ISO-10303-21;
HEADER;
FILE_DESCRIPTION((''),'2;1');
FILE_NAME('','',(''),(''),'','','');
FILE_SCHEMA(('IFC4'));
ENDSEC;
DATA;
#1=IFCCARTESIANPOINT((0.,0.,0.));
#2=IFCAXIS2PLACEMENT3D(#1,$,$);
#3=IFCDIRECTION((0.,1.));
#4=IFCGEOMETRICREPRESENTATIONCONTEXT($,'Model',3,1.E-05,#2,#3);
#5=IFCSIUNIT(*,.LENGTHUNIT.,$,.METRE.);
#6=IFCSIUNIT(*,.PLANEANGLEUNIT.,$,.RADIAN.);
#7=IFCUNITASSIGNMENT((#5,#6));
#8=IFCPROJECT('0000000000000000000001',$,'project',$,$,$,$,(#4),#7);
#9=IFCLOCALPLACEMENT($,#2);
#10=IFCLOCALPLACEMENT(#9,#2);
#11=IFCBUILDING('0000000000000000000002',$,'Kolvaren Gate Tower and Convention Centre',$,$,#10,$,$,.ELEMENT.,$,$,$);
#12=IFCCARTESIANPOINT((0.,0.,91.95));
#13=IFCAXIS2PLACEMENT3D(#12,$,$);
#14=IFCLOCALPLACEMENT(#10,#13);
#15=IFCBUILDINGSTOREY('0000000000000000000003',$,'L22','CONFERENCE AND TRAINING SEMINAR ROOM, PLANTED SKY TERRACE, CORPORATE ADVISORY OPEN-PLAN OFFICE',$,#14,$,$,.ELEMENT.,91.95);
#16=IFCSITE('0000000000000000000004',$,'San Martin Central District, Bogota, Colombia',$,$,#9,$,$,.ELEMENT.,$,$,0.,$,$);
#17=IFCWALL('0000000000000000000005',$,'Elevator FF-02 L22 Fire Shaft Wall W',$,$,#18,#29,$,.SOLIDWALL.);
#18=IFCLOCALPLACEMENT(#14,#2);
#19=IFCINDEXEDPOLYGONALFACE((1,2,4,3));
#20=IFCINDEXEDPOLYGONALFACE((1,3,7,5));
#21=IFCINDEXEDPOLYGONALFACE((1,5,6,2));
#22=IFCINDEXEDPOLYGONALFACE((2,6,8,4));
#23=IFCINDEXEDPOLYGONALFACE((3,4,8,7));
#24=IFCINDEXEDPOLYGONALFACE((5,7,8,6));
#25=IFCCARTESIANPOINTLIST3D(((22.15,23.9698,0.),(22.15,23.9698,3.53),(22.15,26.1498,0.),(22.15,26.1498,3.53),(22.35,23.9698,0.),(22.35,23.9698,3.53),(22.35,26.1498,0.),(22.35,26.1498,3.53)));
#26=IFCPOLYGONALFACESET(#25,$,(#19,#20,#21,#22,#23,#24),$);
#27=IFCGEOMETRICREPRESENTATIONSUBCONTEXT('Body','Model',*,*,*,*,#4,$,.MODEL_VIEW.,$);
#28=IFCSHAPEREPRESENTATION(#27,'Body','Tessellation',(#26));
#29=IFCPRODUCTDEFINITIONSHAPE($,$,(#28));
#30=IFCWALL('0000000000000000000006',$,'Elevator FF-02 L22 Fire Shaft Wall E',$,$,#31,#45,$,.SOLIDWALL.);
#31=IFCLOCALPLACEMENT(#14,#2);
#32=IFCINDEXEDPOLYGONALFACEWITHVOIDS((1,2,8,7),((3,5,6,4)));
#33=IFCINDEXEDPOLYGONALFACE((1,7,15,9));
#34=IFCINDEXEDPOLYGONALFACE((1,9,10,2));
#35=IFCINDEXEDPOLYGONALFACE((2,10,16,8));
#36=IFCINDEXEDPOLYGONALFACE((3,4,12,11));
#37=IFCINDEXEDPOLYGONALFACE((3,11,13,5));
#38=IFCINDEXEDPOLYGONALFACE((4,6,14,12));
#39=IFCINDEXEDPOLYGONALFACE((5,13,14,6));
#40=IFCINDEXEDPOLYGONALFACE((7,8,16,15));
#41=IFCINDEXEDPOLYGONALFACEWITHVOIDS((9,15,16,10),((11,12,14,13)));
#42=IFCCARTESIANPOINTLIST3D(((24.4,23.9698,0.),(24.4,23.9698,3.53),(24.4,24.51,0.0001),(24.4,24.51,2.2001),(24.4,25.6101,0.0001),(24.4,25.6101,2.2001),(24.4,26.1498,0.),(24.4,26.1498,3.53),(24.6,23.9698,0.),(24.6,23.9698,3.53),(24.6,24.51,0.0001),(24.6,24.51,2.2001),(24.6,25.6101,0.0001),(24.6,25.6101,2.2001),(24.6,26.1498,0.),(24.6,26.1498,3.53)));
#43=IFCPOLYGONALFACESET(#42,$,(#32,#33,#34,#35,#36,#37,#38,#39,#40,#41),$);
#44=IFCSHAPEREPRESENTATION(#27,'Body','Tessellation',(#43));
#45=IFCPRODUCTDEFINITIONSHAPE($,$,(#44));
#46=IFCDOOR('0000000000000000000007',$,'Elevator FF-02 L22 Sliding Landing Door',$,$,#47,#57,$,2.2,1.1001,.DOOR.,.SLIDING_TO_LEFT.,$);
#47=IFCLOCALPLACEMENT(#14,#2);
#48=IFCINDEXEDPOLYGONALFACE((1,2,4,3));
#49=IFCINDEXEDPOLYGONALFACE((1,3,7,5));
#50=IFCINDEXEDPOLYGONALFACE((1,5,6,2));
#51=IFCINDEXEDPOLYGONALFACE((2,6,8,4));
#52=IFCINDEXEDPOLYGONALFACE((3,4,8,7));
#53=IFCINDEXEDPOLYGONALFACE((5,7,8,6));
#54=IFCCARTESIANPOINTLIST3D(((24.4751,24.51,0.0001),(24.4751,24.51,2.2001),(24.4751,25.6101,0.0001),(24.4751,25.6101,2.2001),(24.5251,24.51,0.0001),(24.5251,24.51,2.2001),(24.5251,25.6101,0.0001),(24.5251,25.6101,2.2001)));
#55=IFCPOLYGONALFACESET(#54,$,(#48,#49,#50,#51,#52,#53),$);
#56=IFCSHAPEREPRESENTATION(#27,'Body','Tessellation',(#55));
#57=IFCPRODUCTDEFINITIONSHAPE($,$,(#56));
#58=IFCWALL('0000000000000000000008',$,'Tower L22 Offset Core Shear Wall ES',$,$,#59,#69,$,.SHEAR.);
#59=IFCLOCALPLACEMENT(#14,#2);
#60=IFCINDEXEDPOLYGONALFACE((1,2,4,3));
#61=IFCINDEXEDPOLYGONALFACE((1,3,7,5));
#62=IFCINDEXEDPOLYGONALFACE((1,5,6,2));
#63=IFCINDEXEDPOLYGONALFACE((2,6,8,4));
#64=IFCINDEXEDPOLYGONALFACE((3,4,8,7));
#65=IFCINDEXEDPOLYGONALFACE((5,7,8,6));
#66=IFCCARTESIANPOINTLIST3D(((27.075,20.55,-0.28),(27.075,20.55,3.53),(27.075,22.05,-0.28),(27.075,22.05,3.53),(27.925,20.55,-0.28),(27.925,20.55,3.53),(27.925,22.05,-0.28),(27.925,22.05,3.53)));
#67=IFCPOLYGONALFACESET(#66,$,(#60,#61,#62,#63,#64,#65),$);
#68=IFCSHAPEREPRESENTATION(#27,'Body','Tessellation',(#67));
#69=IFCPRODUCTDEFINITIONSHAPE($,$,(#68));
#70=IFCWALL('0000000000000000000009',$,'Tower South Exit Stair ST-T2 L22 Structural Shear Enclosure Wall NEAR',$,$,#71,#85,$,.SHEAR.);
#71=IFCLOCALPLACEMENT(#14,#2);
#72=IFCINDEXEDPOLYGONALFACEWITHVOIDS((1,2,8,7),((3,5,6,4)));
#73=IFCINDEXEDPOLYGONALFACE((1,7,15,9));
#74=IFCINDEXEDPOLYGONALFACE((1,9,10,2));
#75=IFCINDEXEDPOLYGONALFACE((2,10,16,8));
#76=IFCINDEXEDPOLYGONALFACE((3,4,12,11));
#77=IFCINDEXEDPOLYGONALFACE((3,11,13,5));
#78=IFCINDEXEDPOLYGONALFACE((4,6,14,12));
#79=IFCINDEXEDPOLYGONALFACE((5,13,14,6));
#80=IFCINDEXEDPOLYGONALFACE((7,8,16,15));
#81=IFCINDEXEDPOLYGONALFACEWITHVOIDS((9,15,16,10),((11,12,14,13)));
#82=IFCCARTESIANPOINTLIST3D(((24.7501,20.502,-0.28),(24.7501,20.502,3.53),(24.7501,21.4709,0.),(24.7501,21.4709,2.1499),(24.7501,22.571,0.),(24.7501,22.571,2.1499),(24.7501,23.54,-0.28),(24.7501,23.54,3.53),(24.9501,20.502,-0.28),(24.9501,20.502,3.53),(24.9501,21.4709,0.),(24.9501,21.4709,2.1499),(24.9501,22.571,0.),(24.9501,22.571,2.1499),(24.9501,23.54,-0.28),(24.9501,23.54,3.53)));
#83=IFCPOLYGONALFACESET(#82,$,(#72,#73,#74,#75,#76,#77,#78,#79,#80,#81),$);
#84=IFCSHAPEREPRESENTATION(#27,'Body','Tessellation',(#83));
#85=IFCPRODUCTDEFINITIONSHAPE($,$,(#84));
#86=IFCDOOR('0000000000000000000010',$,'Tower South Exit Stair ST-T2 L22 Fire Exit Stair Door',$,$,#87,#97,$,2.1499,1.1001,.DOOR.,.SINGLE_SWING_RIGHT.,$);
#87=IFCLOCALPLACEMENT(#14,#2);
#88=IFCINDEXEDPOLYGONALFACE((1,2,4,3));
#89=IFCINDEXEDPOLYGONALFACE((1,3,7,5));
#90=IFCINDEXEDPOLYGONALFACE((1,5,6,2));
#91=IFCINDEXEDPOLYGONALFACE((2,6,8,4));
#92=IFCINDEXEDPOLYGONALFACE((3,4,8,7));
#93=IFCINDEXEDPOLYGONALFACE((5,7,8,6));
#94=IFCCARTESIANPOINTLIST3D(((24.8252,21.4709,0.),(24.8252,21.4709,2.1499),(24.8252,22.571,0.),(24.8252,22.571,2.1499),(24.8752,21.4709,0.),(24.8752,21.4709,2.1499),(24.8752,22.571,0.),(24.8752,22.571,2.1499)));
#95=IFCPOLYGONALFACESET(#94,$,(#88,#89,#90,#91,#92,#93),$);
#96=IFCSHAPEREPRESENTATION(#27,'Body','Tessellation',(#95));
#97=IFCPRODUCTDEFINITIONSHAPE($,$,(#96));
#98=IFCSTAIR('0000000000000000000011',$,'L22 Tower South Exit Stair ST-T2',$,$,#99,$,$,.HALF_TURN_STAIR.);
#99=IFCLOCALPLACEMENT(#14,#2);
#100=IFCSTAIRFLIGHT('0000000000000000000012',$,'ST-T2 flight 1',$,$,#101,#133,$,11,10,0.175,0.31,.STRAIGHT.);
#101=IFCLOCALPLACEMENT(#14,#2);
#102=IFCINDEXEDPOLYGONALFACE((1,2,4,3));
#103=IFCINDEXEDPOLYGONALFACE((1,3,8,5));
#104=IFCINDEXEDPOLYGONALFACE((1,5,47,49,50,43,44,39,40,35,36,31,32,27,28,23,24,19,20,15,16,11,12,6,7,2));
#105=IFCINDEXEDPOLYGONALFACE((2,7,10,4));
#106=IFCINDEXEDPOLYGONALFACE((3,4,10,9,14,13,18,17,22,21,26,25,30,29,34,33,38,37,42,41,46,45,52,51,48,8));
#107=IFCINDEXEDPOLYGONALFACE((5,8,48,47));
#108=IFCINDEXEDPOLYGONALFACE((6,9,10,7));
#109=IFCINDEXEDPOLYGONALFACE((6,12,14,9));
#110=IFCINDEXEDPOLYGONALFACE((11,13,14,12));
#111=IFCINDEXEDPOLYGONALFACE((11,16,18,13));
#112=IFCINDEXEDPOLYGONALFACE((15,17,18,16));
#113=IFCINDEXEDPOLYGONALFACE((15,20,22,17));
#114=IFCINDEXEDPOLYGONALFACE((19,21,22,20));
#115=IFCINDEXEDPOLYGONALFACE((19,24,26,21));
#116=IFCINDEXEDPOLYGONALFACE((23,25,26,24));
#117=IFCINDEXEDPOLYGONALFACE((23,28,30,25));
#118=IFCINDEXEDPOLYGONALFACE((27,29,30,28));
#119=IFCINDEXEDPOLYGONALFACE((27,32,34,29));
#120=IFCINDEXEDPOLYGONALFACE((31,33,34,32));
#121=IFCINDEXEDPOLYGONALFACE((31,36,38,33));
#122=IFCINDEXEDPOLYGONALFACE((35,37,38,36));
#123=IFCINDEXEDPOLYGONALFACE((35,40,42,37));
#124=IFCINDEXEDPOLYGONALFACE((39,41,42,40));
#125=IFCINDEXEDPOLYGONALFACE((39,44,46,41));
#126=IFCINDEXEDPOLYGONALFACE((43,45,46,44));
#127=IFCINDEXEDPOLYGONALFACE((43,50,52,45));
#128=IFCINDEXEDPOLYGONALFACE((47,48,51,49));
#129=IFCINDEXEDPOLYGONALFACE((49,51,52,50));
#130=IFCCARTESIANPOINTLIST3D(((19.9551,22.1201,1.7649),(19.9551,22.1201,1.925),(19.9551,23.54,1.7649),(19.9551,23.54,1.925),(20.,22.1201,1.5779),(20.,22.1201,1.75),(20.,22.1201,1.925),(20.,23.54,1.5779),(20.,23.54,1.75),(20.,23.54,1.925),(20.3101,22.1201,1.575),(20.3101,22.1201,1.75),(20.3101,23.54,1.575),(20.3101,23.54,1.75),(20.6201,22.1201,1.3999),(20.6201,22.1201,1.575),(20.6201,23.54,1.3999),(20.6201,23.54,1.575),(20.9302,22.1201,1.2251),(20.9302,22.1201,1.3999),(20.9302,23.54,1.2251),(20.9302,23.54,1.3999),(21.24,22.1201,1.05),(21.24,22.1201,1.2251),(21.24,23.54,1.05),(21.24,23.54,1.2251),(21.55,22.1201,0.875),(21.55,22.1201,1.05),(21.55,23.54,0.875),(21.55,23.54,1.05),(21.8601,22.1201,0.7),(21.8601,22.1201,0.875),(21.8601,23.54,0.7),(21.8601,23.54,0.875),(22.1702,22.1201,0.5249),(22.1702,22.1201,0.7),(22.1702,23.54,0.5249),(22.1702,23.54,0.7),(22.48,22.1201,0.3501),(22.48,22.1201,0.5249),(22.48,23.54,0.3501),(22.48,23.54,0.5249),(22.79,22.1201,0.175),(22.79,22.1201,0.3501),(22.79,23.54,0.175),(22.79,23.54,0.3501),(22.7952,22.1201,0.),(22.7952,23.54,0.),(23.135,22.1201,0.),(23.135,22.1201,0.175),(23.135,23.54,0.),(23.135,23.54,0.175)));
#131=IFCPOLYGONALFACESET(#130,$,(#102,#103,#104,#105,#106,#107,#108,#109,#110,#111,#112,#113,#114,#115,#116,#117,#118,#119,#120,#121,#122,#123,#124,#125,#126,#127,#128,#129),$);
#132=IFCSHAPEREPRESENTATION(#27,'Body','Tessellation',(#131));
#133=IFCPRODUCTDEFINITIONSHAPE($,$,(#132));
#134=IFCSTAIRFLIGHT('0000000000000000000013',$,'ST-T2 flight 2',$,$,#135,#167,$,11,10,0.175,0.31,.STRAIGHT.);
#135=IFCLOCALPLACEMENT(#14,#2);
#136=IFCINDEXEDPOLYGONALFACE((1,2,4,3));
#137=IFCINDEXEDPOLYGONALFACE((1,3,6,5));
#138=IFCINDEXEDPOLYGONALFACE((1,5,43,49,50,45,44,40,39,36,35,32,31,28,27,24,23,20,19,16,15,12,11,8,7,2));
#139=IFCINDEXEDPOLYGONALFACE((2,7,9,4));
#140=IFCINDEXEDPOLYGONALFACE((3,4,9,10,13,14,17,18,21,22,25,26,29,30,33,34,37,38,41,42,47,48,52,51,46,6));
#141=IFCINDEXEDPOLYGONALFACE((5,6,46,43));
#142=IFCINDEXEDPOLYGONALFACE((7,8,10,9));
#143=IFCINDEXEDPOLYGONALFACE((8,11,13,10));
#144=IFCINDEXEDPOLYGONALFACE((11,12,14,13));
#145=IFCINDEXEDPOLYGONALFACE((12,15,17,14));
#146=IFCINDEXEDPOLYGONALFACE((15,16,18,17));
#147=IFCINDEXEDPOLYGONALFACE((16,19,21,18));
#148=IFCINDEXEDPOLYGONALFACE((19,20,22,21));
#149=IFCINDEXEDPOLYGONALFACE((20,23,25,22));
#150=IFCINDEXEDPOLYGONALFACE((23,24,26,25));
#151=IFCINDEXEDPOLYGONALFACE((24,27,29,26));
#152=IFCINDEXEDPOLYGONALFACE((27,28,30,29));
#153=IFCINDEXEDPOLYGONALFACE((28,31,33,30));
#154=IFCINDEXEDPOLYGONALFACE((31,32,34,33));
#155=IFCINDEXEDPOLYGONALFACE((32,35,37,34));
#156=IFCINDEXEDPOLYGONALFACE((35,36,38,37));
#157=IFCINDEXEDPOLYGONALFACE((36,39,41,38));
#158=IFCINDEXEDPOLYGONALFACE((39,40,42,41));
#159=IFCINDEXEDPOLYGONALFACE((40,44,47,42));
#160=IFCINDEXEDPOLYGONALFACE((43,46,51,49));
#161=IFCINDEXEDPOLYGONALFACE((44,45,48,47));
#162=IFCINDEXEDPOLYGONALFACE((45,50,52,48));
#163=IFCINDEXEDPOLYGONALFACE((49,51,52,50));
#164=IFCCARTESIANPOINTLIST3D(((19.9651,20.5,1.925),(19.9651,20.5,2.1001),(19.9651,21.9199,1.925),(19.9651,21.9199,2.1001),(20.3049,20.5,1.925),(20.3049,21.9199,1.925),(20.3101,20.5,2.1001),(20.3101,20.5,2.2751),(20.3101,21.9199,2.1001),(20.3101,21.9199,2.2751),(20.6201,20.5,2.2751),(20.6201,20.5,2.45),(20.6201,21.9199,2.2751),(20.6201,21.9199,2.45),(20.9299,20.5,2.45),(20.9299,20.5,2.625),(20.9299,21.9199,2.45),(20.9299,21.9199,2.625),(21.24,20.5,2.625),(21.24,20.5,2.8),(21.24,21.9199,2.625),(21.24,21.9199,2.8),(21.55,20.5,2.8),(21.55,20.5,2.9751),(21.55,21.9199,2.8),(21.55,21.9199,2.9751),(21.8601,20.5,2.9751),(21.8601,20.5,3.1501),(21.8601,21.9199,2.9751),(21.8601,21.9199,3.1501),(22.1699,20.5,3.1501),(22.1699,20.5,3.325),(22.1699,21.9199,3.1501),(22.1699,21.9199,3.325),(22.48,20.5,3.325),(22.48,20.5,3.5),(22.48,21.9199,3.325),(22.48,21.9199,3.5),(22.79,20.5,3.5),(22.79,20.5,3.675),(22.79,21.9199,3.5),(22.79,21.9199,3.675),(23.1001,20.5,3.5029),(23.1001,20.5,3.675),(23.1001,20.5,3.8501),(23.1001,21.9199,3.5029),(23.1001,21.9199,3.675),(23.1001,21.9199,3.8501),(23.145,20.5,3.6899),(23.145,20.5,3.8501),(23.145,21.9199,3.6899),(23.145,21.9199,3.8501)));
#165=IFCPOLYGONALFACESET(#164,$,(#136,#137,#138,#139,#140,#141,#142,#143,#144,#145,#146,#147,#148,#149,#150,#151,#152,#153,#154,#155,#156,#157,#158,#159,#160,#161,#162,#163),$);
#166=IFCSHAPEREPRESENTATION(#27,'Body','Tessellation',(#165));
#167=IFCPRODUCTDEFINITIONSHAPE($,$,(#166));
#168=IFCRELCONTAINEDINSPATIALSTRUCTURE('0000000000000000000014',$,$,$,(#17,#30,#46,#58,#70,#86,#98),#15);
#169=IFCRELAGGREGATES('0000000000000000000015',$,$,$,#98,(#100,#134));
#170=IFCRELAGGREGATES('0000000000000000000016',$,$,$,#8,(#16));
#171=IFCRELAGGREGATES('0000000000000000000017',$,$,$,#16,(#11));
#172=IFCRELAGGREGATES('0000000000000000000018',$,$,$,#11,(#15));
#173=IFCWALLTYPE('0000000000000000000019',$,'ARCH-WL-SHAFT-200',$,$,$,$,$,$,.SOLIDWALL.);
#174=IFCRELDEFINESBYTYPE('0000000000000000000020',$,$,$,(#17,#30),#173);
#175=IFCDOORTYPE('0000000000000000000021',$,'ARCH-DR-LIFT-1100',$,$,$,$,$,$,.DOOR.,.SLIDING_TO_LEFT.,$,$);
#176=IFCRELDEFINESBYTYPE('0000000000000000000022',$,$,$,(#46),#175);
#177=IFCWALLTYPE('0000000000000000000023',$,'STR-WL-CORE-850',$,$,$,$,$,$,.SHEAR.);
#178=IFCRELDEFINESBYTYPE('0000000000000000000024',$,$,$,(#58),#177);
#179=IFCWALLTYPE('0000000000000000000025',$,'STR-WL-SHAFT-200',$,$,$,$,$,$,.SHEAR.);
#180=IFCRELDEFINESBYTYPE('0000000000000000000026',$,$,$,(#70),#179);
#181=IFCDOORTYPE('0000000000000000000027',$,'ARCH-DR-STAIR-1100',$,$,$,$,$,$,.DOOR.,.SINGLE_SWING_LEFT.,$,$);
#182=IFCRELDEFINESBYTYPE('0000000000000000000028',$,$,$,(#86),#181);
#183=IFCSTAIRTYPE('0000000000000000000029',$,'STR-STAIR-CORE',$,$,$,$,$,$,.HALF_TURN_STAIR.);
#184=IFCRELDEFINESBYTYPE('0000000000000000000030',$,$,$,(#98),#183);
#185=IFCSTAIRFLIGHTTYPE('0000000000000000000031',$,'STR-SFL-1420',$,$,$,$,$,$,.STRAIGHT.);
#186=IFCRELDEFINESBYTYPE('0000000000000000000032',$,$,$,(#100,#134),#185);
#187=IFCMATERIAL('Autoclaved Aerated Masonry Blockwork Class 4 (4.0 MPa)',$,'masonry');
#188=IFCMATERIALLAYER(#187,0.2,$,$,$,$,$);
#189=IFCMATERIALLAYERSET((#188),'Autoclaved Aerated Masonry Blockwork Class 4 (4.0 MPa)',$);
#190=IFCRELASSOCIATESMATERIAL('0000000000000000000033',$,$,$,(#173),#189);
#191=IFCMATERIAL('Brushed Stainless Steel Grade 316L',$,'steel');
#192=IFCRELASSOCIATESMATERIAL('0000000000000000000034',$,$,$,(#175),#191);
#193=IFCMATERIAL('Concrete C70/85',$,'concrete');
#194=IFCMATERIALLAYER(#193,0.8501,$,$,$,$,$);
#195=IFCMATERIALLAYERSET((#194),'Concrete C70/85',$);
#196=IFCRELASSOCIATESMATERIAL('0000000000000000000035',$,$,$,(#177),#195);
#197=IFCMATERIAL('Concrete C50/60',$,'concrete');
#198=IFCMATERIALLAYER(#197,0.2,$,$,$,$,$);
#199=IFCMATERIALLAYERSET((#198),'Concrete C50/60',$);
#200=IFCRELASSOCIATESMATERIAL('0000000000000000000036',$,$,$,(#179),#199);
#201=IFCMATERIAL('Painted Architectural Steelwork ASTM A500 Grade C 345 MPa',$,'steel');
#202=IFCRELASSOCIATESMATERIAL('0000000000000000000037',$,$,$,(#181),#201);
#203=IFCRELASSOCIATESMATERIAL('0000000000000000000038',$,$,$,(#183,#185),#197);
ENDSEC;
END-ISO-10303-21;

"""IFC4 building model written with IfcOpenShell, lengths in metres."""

from ifc_helpers import new_model, si_unit, direction, frame, frame_2d, origin, place, context, subcontext, project, spatial, polyline, rectangle, outline, extrude, material, layer, layer_set, type_object, element, fill, aggregate, save


model = new_model("IFC4")

# Units and contexts
model_context = context("Model", 3, precision=1e-05, world=origin(), true_north=direction((0.0, 1.0)))
body_context = subcontext(model_context, "Body", "Model", "MODEL_VIEW")
ifc_project = project(units=[si_unit("LENGTHUNIT", "METRE"), si_unit("PLANEANGLEUNIT", "RADIAN")], contexts=[model_context])

# Site, building, storey
site_placement = place(None, origin())
site = spatial("IfcSite", under=ifc_project, at=site_placement, Name="San Martin Central District, Bogota, Colombia", CompositionType="ELEMENT", RefElevation=0.0)
building_placement = place(site_placement, origin())
building = spatial("IfcBuilding", under=site, at=building_placement, Name="Kolvaren Gate Tower and Convention Centre", CompositionType="ELEMENT")
storey_placement = place(building_placement, frame((0.0, 0.0, 91.95)))
storey = spatial("IfcBuildingStorey", under=building, at=storey_placement, Name="L22", Description="CONFERENCE AND TRAINING SEMINAR ROOM, PLANTED SKY TERRACE, CORPORATE ADVISORY OPEN-PLAN OFFICE", CompositionType="ELEMENT", Elevation=91.95)

# Shared definitions
ifc_material_1 = material(Name="Autoclaved Aerated Masonry Blockwork Class 4 (4.0 MPa)", Category="masonry")

# Shared definitions
ifc_material_2 = material(Name="Painted Architectural Steelwork ASTM A500 Grade C 345 MPa", Category="steel")

# Wall
ifc_layer_1 = layer(ifc_material_1, 0.2)
ifc_layer_set_1 = layer_set([ifc_layer_1], Name="Autoclaved Aerated Masonry Blockwork Class 4 (4.0 MPa)")
wall_type_1 = type_object("IfcWallType", Name="ARCH-WL-SHAFT-200", PredefinedType="SOLIDWALL", material=ifc_layer_set_1)
wall_1_placement = place(storey_placement, frame((22.25, 23.97, 0.0), z_axis=(0.0, 0.0, 1.0), x_axis=(0.0, 1.0, 0.0)))
element("IfcWall", 1, at=wall_1_placement, inside=storey, type_object=wall_type_1, Name="Elevator FF-02 L22 Fire Shaft Wall W", PredefinedType="SOLIDWALL", context=body_context, shape_type="SweptSolid", body=[
    extrude(rectangle(XDim=2.1799, YDim=0.2, at=frame_2d((1.0898, 0.0))), origin(), (0.0, 0.0, 1.0), 3.53),
])

# Wall, opening, door
wall_2_placement = place(storey_placement, frame((24.5, 23.97, 0.0), z_axis=(0.0, 0.0, 1.0), x_axis=(0.0, 1.0, 0.0)))
wall_2 = element("IfcWall", 2, at=wall_2_placement, inside=storey, type_object=wall_type_1, Name="Elevator FF-02 L22 Fire Shaft Wall E", PredefinedType="SOLIDWALL", context=body_context, shape_type="SweptSolid", body=[
    extrude(rectangle(XDim=2.1799, YDim=0.2, at=frame_2d((1.0898, 0.0))), origin(), (0.0, 0.0, 1.0), 3.53),
])
opening_1_placement = place(wall_2_placement, frame((0.54, 0.0, 0.0)))
opening_1 = element("IfcOpeningElement", 3, at=opening_1_placement, cuts=wall_2, PredefinedType="OPENING", context=body_context, shape_type="SweptSolid", body=[
    extrude(rectangle(XDim=1.1001, YDim=2.2, at=frame_2d((0.55, 1.1001))), frame((0.0, 0.1099, 0.0), z_axis=(0.0, -1.0, 0.0), x_axis=(1.0, 0.0, 0.0)), (0.0, 0.0, 1.0), 0.22),
])
ifc_material_3 = material(Name="Brushed Stainless Steel Grade 316L", Category="steel")
door_type_1 = type_object("IfcDoorType", Name="ARCH-DR-LIFT-1100", OperationType="SLIDING_TO_LEFT", PredefinedType="DOOR", material=ifc_material_3)
door_1_placement = place(opening_1_placement, origin())
door_1 = element("IfcDoor", 4, at=door_1_placement, inside=storey, type_object=door_type_1, Name="Elevator FF-02 L22 Sliding Landing Door", OperationType="SLIDING_TO_LEFT", OverallHeight=2.2, OverallWidth=1.1001, PredefinedType="DOOR", context=body_context, shape_type="SweptSolid", body=[
    extrude(rectangle(XDim=1.1001, YDim=2.2, at=frame_2d((0.55, 1.1001))), frame((0.0, 0.0249, 0.0), z_axis=(0.0, -1.0, 0.0), x_axis=(1.0, 0.0, 0.0)), (0.0, 0.0, 1.0), 0.05),
])
fill(opening_1, door_1)

# Wall
ifc_material_4 = material(Name="Concrete C70/85", Category="concrete")
ifc_layer_2 = layer(ifc_material_4, 0.8501)
ifc_layer_set_2 = layer_set([ifc_layer_2], Name="Concrete C70/85")
wall_type_2 = type_object("IfcWallType", Name="STR-WL-CORE-850", PredefinedType="SHEAR", material=ifc_layer_set_2)
wall_3_placement = place(storey_placement, frame((27.5, 20.55, -0.28), z_axis=(0.0, 0.0, 1.0), x_axis=(0.0, 1.0, 0.0)))
element("IfcWall", 5, at=wall_3_placement, inside=storey, type_object=wall_type_2, Name="Tower L22 Offset Core Shear Wall ES", PredefinedType="SHEAR", context=body_context, shape_type="SweptSolid", body=[
    extrude(rectangle(XDim=1.5, YDim=0.8501, at=frame_2d((0.75, 0.0))), origin(), (0.0, 0.0, 1.0), 3.8101),
])

# Wall, opening, door
ifc_material_5 = material(Name="Concrete C50/60", Category="concrete")
ifc_layer_3 = layer(ifc_material_5, 0.2)
ifc_layer_set_3 = layer_set([ifc_layer_3], Name="Concrete C50/60")
wall_type_3 = type_object("IfcWallType", Name="STR-WL-SHAFT-200", PredefinedType="SHEAR", material=ifc_layer_set_3)
wall_4_placement = place(storey_placement, frame((24.8501, 20.502, -0.28), z_axis=(0.0, 0.0, 1.0), x_axis=(0.0, 1.0, 0.0)))
wall_4 = element("IfcWall", 6, at=wall_4_placement, inside=storey, type_object=wall_type_3, Name="Tower South Exit Stair ST-T2 L22 Structural Shear Enclosure Wall NEAR", PredefinedType="SHEAR", context=body_context, shape_type="SweptSolid", body=[
    extrude(rectangle(XDim=3.0381, YDim=0.2, at=frame_2d((1.519, 0.0))), origin(), (0.0, 0.0, 1.0), 3.8101),
])
opening_2_placement = place(wall_4_placement, frame((0.969, 0.0, 0.28)))
opening_2 = element("IfcOpeningElement", 7, at=opening_2_placement, cuts=wall_4, PredefinedType="OPENING", context=body_context, shape_type="SweptSolid", body=[
    extrude(rectangle(XDim=1.1001, YDim=2.1499, at=frame_2d((0.55, 1.075))), frame((0.0, 0.1099, 0.0), z_axis=(0.0, -1.0, 0.0), x_axis=(1.0, 0.0, 0.0)), (0.0, 0.0, 1.0), 0.22),
])
door_type_2 = type_object("IfcDoorType", Name="ARCH-DR-STAIR-1100", OperationType="SINGLE_SWING_LEFT", PredefinedType="DOOR", material=ifc_material_2)
door_2_placement = place(opening_2_placement, origin())
door_2 = element("IfcDoor", 8, at=door_2_placement, inside=storey, type_object=door_type_2, Name="Tower South Exit Stair ST-T2 L22 Fire Exit Stair Door", OperationType="SINGLE_SWING_RIGHT", OverallHeight=2.1499, OverallWidth=1.1001, PredefinedType="DOOR", context=body_context, shape_type="SweptSolid", body=[
    extrude(rectangle(XDim=1.1001, YDim=2.1499, at=frame_2d((0.55, 1.075))), frame((0.0, 0.0249, 0.0), z_axis=(0.0, -1.0, 0.0), x_axis=(1.0, 0.0, 0.0)), (0.0, 0.0, 1.0), 0.05),
])
fill(opening_2, door_2)

# Stair, stair flights
stair_type = type_object("IfcStairType", Name="STR-STAIR-CORE", PredefinedType="HALF_TURN_STAIR", material=ifc_material_5)
stair_placement = place(storey_placement, origin())
stair = element("IfcStair", 9, at=stair_placement, inside=storey, type_object=stair_type, Name="L22 Tower South Exit Stair ST-T2", PredefinedType="HALF_TURN_STAIR")
stair_flight_type = type_object("IfcStairFlightType", Name="STR-SFL-1420", PredefinedType="STRAIGHT", material=ifc_material_5)
stair_flight_1_placement = place(storey_placement, frame((23.1001, 22.8301, 0.0), z_axis=(0.0, 0.0, 1.0), x_axis=(-1.0, 0.0, 0.0)))
stair_flight_1 = element("IfcStairFlight", 10, at=stair_flight_1_placement, type_object=stair_flight_type, Name="ST-T2 flight 1", NumberOfRisers=11, NumberOfTreads=10, PredefinedType="STRAIGHT", RiserHeight=0.175, TreadLength=0.31, context=body_context, shape_type="SweptSolid", body=[
    extrude(outline(polyline([(-0.0349, 0.0), (-0.0349, 0.175), (0.3101, 0.175), (0.3101, 0.3501), (0.6201, 0.3501), (0.6201, 0.5249), (0.9299, 0.5249), (0.9299, 0.7), (1.24, 0.7), (1.24, 0.875), (1.55, 0.875), (1.55, 1.05), (1.8601, 1.05), (1.8601, 1.2251), (2.1699, 1.2251), (2.1699, 1.3999), (2.48, 1.3999), (2.48, 1.575), (2.79, 1.575), (2.79, 1.75), (3.1001, 1.75), (3.1001, 1.925), (3.145, 1.925), (3.145, 1.7649), (3.1001, 1.5779), (0.3049, 0.0), (-0.0349, 0.0)])), frame((0.0, 0.71, 0.0), z_axis=(0.0, -1.0, 0.0), x_axis=(1.0, 0.0, 0.0)), (0.0, 0.0, 1.0), 1.4199),
])
stair_flight_2_placement = place(storey_placement, frame((20.0, 21.21, 1.925), z_axis=(0.0, 0.0, 1.0), x_axis=(1.0, 0.0, 0.0)))
stair_flight_2 = element("IfcStairFlight", 11, at=stair_flight_2_placement, type_object=stair_flight_type, Name="ST-T2 flight 2", NumberOfRisers=11, NumberOfTreads=10, PredefinedType="STRAIGHT", RiserHeight=0.175, TreadLength=0.31, context=body_context, shape_type="SweptSolid", body=[
    extrude(outline(polyline([(-0.0349, 0.0), (-0.0349, 0.175), (0.3101, 0.175), (0.3101, 0.3501), (0.6201, 0.3501), (0.6201, 0.5249), (0.9299, 0.5249), (0.9299, 0.7), (1.24, 0.7), (1.24, 0.875), (1.55, 0.875), (1.55, 1.05), (1.8601, 1.05), (1.8601, 1.2251), (2.1699, 1.2251), (2.1699, 1.3999), (2.48, 1.3999), (2.48, 1.575), (2.79, 1.575), (2.79, 1.75), (3.1001, 1.75), (3.1001, 1.925), (3.145, 1.925), (3.145, 1.7649), (3.1001, 1.5779), (0.3049, 0.0), (-0.0349, 0.0)])), frame((0.0, 0.71, 0.0), z_axis=(0.0, -1.0, 0.0), x_axis=(1.0, 0.0, 0.0)), (0.0, 0.0, 1.0), 1.4199),
])
aggregate(stair, [stair_flight_1, stair_flight_2])

save(model, "model.ifc")
